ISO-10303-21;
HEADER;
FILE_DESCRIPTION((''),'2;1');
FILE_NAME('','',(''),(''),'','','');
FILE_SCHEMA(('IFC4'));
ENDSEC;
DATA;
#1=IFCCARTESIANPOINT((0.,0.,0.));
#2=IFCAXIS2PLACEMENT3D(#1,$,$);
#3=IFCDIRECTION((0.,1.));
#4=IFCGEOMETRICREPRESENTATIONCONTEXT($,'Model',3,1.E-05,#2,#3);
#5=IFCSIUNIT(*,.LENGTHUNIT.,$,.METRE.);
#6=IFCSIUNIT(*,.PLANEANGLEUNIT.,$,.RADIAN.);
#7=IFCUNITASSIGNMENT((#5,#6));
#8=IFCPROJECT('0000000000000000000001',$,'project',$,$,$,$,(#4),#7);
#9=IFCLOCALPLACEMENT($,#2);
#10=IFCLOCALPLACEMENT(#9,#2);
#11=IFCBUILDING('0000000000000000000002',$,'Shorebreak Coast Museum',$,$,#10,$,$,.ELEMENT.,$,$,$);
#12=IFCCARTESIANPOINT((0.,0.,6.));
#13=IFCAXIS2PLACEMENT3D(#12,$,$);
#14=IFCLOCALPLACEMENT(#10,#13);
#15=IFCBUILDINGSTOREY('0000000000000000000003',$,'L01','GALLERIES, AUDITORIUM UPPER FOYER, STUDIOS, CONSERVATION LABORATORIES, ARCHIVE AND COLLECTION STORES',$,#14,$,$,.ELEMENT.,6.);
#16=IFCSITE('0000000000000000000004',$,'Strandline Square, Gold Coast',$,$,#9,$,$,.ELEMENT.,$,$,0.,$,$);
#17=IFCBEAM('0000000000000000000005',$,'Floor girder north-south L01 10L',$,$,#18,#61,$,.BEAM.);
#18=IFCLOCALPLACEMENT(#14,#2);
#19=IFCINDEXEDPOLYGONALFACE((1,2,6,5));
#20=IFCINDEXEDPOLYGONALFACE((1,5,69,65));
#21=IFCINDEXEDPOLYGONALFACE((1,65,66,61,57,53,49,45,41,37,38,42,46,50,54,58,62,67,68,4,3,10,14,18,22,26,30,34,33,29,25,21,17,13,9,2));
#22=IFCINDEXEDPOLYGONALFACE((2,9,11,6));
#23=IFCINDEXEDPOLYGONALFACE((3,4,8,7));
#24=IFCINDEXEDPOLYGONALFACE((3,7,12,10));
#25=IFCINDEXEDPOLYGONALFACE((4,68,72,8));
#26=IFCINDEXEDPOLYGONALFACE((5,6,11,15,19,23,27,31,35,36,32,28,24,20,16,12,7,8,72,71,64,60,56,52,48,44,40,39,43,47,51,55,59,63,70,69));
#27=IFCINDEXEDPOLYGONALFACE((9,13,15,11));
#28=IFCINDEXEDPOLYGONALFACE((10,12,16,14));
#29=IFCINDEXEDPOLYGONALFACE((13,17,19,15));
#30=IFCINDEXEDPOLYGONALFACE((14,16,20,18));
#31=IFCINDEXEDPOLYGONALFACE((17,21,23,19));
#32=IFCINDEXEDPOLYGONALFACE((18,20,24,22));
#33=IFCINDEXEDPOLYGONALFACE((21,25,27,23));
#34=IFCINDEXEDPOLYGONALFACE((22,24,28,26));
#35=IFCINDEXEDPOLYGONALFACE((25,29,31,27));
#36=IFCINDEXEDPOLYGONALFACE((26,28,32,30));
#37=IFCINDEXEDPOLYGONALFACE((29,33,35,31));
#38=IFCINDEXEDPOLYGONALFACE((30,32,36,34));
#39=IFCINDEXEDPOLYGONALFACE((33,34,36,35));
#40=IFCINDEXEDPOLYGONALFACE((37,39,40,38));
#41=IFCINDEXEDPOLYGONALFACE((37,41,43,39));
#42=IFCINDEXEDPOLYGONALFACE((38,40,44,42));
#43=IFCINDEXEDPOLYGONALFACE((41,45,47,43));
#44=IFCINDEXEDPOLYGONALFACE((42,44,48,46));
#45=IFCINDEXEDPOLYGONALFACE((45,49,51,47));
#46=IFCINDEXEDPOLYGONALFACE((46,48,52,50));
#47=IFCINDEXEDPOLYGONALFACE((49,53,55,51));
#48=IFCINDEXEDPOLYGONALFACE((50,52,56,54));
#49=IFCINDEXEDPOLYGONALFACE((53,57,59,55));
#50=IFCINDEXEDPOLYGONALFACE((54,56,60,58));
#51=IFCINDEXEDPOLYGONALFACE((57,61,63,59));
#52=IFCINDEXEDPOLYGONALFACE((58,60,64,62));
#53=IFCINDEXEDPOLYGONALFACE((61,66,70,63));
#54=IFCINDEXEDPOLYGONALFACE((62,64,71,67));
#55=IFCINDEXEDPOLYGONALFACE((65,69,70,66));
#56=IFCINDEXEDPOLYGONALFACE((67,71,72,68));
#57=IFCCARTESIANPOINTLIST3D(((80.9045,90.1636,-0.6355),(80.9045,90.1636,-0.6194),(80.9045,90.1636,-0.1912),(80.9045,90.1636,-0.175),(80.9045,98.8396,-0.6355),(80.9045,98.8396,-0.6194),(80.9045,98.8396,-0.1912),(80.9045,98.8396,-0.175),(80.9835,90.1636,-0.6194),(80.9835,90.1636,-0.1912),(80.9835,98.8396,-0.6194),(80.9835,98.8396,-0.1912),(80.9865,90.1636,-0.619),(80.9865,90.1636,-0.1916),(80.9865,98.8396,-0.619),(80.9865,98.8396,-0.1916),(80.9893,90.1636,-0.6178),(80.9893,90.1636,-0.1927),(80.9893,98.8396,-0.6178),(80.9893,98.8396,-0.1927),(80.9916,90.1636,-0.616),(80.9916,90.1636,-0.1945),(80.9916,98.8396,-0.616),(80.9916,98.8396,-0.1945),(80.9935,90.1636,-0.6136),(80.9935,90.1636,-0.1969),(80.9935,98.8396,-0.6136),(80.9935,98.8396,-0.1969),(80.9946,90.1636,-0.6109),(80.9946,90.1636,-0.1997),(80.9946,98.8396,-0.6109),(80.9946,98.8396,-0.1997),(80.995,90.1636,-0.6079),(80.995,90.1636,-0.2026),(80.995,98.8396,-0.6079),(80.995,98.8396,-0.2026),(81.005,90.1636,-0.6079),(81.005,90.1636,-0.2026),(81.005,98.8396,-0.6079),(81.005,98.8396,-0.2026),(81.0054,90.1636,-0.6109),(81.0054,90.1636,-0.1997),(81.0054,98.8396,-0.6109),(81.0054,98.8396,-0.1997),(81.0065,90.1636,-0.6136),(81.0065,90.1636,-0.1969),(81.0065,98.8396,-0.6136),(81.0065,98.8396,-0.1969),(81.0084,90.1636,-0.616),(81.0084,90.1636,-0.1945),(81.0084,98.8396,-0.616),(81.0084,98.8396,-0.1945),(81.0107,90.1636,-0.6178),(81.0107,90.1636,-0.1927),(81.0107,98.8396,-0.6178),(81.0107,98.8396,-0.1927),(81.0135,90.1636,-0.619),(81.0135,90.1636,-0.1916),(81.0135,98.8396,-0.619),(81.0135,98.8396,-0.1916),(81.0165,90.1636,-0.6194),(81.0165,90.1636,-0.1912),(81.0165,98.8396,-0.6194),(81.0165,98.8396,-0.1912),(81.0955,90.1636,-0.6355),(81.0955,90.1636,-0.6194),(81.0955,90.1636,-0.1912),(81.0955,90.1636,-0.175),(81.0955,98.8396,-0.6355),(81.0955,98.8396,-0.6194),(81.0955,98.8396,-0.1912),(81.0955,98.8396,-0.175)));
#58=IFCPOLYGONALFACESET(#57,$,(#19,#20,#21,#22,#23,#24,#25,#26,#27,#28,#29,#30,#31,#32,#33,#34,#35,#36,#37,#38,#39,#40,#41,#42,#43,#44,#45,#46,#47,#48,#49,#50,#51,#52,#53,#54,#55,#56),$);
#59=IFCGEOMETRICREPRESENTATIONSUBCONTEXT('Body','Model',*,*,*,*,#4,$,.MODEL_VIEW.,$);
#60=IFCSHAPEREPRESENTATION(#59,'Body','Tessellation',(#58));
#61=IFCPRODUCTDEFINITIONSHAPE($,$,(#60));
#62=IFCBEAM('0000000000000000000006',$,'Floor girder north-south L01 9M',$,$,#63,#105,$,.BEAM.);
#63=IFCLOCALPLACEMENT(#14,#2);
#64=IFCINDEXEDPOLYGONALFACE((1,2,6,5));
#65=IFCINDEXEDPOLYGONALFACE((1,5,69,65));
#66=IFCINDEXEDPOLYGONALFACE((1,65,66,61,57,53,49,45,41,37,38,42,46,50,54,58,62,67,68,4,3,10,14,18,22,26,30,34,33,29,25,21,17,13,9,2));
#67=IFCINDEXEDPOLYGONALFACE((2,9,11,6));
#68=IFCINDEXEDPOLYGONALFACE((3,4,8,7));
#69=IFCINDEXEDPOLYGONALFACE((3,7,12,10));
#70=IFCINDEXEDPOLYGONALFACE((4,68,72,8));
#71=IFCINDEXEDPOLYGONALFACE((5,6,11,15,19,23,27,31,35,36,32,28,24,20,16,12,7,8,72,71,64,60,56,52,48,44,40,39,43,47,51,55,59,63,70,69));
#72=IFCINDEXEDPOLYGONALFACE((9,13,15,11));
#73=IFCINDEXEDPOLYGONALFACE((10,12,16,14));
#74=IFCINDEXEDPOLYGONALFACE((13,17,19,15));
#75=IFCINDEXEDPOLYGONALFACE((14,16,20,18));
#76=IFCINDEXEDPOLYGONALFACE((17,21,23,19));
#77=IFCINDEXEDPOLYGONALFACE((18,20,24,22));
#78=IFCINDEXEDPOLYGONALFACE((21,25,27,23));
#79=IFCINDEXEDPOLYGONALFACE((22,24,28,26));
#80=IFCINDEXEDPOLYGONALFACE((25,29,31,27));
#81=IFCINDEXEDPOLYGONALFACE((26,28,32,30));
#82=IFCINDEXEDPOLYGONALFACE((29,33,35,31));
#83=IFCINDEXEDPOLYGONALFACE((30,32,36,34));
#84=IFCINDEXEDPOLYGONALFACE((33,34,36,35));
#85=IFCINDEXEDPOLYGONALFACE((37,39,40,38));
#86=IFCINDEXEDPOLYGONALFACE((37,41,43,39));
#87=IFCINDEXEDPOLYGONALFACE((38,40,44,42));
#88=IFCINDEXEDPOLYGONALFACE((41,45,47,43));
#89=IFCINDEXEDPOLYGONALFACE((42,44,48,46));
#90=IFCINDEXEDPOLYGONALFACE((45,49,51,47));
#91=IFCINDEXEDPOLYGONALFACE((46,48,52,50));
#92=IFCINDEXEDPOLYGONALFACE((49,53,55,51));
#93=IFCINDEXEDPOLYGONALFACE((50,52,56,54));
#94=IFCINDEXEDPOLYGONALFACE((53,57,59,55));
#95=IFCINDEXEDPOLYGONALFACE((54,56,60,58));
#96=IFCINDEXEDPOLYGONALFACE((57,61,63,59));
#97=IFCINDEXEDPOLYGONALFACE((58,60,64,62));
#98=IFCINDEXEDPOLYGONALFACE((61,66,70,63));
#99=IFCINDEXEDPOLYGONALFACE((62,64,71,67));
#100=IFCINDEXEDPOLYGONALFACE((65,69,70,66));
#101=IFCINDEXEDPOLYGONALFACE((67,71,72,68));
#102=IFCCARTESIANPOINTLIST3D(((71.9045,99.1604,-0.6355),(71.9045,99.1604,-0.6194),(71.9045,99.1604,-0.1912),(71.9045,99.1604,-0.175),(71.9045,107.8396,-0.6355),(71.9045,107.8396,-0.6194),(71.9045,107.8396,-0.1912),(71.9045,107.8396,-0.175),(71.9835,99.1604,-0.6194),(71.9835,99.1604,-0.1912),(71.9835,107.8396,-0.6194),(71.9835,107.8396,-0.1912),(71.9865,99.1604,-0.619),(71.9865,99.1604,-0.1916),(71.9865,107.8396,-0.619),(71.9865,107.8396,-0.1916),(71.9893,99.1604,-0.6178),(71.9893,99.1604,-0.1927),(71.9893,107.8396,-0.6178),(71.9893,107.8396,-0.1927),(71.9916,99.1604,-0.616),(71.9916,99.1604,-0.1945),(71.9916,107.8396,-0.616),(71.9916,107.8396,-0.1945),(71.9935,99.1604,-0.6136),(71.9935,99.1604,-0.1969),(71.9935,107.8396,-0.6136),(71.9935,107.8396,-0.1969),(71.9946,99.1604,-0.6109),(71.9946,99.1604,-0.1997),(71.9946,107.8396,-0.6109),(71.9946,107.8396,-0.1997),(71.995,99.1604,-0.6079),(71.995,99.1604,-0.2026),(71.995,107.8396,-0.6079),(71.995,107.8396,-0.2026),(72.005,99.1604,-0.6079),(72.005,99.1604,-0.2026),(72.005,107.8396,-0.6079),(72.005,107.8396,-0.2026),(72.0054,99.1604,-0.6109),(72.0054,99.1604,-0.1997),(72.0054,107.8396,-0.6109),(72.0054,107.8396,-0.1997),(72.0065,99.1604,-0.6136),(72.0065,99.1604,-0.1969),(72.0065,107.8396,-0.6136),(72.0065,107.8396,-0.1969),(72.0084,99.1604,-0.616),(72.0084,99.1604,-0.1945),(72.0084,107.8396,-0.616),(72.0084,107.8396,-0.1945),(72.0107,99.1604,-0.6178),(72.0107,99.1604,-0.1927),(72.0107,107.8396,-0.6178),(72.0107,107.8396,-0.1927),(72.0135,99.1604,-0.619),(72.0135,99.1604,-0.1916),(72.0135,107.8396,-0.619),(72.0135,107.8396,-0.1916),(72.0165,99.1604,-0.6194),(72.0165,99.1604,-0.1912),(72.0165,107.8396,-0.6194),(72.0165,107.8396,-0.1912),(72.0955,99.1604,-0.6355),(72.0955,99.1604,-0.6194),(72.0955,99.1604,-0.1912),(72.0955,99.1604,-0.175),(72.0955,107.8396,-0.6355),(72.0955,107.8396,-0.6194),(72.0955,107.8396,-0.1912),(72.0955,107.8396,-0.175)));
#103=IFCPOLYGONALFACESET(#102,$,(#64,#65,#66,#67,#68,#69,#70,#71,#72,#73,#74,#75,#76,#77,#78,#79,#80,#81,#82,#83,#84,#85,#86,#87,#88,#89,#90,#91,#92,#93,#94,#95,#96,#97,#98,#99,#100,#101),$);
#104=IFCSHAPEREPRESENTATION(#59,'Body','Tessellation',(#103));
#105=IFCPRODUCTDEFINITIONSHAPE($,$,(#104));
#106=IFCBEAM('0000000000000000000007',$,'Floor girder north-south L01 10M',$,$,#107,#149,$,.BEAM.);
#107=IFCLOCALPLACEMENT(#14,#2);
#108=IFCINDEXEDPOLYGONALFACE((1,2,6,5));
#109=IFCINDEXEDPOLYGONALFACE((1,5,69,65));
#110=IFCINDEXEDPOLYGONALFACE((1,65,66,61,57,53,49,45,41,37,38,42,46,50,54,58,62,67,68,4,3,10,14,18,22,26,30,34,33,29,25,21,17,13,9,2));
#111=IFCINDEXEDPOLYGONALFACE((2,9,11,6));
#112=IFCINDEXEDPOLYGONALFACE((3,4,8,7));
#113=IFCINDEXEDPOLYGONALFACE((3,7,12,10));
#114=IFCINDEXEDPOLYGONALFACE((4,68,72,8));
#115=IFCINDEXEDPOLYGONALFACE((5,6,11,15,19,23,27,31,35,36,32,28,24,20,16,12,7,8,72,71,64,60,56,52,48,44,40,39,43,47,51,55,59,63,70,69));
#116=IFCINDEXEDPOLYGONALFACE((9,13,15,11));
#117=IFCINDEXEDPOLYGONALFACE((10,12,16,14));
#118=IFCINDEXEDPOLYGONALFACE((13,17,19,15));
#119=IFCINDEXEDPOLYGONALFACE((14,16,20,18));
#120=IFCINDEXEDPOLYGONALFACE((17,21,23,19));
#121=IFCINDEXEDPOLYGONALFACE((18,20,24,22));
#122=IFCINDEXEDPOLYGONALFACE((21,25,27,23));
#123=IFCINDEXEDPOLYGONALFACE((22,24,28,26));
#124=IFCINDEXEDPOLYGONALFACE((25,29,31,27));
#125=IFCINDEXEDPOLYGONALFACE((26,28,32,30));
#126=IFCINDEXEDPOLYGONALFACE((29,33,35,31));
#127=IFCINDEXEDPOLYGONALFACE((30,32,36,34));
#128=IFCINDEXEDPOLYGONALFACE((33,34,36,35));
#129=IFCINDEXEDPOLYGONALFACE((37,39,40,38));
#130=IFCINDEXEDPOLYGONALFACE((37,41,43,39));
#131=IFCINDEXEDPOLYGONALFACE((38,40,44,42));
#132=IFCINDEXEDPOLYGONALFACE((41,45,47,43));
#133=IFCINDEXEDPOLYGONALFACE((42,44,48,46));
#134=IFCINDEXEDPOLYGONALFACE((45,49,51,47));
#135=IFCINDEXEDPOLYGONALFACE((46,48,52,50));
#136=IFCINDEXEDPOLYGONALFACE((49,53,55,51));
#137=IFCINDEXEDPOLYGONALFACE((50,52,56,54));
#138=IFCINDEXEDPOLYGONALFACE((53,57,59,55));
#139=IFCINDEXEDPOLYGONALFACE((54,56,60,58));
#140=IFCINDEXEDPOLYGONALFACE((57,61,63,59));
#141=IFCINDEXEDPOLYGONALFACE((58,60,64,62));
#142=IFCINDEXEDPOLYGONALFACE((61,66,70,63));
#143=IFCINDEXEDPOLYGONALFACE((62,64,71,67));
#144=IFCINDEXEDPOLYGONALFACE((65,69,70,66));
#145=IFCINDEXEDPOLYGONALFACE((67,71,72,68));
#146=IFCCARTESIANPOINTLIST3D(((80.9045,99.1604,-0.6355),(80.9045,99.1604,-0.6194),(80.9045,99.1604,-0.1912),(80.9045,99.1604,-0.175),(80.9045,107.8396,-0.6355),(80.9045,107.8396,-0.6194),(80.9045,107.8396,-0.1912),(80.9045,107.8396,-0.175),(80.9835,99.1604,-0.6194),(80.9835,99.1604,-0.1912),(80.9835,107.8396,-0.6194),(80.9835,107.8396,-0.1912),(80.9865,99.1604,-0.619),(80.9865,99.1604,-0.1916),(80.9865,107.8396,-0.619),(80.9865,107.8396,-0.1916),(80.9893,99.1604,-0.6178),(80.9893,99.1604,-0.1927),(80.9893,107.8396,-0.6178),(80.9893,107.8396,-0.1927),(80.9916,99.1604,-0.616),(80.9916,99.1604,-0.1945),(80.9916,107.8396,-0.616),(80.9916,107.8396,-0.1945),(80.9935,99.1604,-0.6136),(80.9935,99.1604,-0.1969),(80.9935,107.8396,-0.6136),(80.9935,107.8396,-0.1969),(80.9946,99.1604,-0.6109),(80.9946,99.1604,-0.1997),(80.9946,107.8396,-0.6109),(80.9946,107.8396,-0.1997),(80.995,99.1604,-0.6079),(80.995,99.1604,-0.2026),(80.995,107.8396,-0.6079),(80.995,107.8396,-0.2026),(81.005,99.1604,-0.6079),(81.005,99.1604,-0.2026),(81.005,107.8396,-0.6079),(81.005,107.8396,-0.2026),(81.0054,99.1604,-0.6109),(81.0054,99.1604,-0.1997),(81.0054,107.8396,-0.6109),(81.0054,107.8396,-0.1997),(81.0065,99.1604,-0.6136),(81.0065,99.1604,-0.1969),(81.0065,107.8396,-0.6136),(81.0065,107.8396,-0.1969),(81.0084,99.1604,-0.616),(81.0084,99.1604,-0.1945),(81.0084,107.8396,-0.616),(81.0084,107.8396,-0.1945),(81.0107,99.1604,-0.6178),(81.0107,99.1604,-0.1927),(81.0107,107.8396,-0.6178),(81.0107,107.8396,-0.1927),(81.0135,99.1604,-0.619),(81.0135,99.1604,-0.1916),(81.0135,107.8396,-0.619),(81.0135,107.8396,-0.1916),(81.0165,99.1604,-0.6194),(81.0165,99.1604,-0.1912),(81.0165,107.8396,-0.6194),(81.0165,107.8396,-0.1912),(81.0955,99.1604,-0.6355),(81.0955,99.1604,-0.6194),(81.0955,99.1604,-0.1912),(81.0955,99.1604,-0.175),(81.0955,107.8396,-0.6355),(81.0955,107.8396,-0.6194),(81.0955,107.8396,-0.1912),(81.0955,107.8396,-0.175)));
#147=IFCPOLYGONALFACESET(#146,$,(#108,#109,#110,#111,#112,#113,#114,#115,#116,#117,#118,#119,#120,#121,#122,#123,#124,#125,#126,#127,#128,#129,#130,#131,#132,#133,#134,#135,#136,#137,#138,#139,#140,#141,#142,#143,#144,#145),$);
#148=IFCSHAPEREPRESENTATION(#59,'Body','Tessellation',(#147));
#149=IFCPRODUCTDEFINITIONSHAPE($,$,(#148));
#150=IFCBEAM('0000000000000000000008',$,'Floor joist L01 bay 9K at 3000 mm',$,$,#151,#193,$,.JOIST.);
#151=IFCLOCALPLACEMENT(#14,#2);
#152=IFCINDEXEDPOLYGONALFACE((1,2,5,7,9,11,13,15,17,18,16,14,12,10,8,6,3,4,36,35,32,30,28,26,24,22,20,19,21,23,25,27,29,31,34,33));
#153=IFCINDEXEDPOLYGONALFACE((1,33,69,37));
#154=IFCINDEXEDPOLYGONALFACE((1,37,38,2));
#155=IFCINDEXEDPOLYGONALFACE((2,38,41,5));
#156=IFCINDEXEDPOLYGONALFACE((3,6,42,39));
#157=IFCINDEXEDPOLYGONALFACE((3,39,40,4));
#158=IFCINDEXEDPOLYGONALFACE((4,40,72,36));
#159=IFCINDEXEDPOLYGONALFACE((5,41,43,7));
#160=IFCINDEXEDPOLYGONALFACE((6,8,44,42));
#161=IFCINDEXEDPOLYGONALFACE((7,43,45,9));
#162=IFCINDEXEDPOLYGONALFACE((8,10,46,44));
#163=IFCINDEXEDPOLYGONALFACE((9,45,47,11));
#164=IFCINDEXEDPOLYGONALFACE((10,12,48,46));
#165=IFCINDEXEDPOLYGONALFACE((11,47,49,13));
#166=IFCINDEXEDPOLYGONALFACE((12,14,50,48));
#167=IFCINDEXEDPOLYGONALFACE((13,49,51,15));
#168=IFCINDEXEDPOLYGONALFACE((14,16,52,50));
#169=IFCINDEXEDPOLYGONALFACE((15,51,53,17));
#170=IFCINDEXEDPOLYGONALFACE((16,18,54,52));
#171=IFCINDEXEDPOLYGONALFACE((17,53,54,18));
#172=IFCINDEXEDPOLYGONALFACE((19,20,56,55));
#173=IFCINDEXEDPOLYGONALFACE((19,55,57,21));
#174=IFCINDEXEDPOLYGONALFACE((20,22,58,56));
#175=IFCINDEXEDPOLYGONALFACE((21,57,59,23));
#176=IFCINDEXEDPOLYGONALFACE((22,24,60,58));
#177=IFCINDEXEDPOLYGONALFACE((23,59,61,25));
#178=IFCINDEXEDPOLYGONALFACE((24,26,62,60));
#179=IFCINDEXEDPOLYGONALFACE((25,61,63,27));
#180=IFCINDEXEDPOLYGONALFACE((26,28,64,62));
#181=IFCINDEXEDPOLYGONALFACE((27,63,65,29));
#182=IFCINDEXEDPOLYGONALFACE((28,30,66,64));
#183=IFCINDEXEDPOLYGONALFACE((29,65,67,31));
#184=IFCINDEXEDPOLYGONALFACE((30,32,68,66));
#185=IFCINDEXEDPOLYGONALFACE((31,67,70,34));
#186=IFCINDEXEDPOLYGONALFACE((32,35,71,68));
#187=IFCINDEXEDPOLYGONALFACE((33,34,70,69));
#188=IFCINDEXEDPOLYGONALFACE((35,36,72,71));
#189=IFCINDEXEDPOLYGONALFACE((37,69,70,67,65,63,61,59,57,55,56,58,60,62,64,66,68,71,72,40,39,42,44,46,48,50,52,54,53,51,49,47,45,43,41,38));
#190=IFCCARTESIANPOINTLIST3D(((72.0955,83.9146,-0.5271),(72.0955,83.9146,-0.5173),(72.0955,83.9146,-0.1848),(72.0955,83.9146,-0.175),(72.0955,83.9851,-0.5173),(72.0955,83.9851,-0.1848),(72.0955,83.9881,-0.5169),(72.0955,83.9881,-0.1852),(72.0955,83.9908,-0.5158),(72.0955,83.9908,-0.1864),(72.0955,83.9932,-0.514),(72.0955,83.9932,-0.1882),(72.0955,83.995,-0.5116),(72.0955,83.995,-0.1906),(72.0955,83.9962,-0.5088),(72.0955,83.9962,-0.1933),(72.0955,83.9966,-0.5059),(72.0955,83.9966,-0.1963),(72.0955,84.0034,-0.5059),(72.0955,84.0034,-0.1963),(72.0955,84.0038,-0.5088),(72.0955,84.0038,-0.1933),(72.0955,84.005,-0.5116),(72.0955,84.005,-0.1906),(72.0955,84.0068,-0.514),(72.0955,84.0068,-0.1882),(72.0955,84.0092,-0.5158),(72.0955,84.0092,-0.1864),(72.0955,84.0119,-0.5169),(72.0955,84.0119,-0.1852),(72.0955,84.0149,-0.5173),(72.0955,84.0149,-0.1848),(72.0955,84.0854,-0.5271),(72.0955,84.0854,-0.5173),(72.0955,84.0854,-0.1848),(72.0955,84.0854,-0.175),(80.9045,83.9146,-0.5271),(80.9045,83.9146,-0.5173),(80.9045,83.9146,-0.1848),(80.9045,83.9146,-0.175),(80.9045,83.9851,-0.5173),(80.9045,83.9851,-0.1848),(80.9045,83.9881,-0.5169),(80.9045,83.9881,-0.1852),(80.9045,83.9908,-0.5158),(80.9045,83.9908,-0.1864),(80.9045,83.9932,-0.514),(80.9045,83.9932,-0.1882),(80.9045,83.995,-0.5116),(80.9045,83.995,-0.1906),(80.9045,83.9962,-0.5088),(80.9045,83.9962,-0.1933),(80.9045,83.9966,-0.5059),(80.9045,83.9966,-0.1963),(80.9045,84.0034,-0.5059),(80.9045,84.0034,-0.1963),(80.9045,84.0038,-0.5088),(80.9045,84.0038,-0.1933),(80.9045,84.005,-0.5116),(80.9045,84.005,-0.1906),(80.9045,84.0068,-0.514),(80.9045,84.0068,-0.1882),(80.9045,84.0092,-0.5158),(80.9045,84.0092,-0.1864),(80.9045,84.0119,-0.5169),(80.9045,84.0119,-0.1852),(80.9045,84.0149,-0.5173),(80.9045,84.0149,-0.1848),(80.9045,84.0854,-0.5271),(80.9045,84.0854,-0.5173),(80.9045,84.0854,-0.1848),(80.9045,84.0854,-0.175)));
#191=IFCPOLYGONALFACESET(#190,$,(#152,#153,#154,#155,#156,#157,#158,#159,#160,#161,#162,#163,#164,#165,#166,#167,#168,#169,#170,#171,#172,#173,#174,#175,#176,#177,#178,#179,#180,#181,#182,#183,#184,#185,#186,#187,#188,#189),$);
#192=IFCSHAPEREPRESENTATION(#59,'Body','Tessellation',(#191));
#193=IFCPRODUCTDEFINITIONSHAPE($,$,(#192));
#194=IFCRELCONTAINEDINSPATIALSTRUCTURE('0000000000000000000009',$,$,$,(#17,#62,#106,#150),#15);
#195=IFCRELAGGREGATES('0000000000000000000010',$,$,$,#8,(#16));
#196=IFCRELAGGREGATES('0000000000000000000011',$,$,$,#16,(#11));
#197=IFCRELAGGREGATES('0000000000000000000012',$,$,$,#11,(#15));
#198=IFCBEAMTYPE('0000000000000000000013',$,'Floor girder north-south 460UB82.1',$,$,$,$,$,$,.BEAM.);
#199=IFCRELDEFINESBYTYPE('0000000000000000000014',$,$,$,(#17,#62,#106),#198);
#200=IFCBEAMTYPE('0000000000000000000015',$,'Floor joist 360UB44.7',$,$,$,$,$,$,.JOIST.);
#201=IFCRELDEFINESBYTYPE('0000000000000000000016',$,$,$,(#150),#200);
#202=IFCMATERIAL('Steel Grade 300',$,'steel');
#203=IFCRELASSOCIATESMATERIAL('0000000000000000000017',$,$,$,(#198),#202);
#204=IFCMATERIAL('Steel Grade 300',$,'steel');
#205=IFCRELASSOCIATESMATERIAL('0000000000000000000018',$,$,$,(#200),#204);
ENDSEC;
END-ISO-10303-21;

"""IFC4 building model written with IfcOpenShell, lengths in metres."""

from ifc_helpers import new_model, si_unit, direction, frame, origin, origin_2d, place, context, subcontext, project, spatial, i_section, extrude, material, material_profile, profile_set, type_object, element, save


model = new_model("IFC4")

# Units and contexts
model_context = context("Model", 3, precision=1e-05, world=origin(), true_north=direction((0.0, 1.0)))
body_context = subcontext(model_context, "Body", "Model", "MODEL_VIEW")
ifc_project = project(units=[si_unit("LENGTHUNIT", "METRE"), si_unit("PLANEANGLEUNIT", "RADIAN")], contexts=[model_context])

# Site, building, storey
site_placement = place(None, origin())
site = spatial("IfcSite", under=ifc_project, at=site_placement, Name="Strandline Square, Gold Coast", CompositionType="ELEMENT", RefElevation=0.0)
building_placement = place(site_placement, origin())
building = spatial("IfcBuilding", under=site, at=building_placement, Name="Shorebreak Coast Museum", CompositionType="ELEMENT")
storey_placement = place(building_placement, frame((0.0, 0.0, 6.0)))
storey = spatial("IfcBuildingStorey", under=building, at=storey_placement, Name="L01", Description="GALLERIES, AUDITORIUM UPPER FOYER, STUDIOS, CONSERVATION LABORATORIES, ARCHIVE AND COLLECTION STORES", CompositionType="ELEMENT", Elevation=6.0)

# Beams
ifc_material_1 = material(Name="Steel Grade 300", Category="steel")
ifc_material_profile_1 = material_profile(ifc_material_1, i_section(OverallWidth=0.1909, OverallDepth=0.4604, WebThickness=0.01, FlangeThickness=0.0161, FilletRadius=0.0115, at=origin_2d()), Name="460UB82.1")
ifc_profile_set_1 = profile_set([ifc_material_profile_1], Name="Steel Grade 300")
beam_type_1 = type_object("IfcBeamType", Name="Floor girder north-south 460UB82.1", PredefinedType="BEAM", material=ifc_profile_set_1)
beam_1_placement = place(storey_placement, frame((81.0, 90.1636, -0.4053), z_axis=(0.0, 1.0, 0.0), x_axis=(-1.0, 0.0, 0.0)))
element("IfcBeam", 1, at=beam_1_placement, inside=storey, type_object=beam_type_1, Name="Floor girder north-south L01 10L", PredefinedType="BEAM", context=body_context, shape_type="SweptSolid", body=[
    extrude(i_section(OverallWidth=0.1909, OverallDepth=0.4604, WebThickness=0.01, FlangeThickness=0.0161, FilletRadius=0.0115, at=origin_2d()), origin(), (0.0, 0.0, 1.0), 8.676),
])
for number, where, z_axis, x_axis, name in (
    (2, (72.0, 99.1604, -0.4053), (0.0, 1.0, 0.0), (-1.0, 0.0, 0.0), "Floor girder north-south L01 9M"),
    (3, (81.0, 99.1604, -0.4053), (0.0, 1.0, 0.0), (-1.0, 0.0, 0.0), "Floor girder north-south L01 10M"),
):
    element("IfcBeam", number, at=place(storey_placement, frame(where, z_axis=z_axis, x_axis=x_axis)), inside=storey, type_object=beam_type_1, Name=name, PredefinedType="BEAM", context=body_context, shape_type="SweptSolid", body=[
        extrude(i_section(OverallWidth=0.1909, OverallDepth=0.4604, WebThickness=0.01, FlangeThickness=0.0161, FilletRadius=0.0115, at=origin_2d()), origin(), (0.0, 0.0, 1.0), 8.6792),
    ])
ifc_material_2 = material(Name="Steel Grade 300", Category="steel")
ifc_material_profile_2 = material_profile(ifc_material_2, i_section(OverallWidth=0.1709, OverallDepth=0.3521, WebThickness=0.0068, FlangeThickness=0.0098, FilletRadius=0.0115, at=origin_2d()), Name="360UB44.7")
ifc_profile_set_2 = profile_set([ifc_material_profile_2], Name="Steel Grade 300")
beam_type_2 = type_object("IfcBeamType", Name="Floor joist 360UB44.7", PredefinedType="JOIST", material=ifc_profile_set_2)
for number, where, z_axis, x_axis, name in (
    (4, (72.0955, 84.0, -0.3511), (1.0, 0.0, 0.0), (0.0, 1.0, 0.0), "Floor joist L01 bay 9K at 3000 mm"),
):
    element("IfcBeam", number, at=place(storey_placement, frame(where, z_axis=z_axis, x_axis=x_axis)), inside=storey, type_object=beam_type_2, Name=name, PredefinedType="JOIST", context=body_context, shape_type="SweptSolid", body=[
        extrude(i_section(OverallWidth=0.1709, OverallDepth=0.3521, WebThickness=0.0068, FlangeThickness=0.0098, FilletRadius=0.0115, at=origin_2d()), origin(), (0.0, 0.0, 1.0), 8.8091),
    ])

save(model, "model.ifc")
